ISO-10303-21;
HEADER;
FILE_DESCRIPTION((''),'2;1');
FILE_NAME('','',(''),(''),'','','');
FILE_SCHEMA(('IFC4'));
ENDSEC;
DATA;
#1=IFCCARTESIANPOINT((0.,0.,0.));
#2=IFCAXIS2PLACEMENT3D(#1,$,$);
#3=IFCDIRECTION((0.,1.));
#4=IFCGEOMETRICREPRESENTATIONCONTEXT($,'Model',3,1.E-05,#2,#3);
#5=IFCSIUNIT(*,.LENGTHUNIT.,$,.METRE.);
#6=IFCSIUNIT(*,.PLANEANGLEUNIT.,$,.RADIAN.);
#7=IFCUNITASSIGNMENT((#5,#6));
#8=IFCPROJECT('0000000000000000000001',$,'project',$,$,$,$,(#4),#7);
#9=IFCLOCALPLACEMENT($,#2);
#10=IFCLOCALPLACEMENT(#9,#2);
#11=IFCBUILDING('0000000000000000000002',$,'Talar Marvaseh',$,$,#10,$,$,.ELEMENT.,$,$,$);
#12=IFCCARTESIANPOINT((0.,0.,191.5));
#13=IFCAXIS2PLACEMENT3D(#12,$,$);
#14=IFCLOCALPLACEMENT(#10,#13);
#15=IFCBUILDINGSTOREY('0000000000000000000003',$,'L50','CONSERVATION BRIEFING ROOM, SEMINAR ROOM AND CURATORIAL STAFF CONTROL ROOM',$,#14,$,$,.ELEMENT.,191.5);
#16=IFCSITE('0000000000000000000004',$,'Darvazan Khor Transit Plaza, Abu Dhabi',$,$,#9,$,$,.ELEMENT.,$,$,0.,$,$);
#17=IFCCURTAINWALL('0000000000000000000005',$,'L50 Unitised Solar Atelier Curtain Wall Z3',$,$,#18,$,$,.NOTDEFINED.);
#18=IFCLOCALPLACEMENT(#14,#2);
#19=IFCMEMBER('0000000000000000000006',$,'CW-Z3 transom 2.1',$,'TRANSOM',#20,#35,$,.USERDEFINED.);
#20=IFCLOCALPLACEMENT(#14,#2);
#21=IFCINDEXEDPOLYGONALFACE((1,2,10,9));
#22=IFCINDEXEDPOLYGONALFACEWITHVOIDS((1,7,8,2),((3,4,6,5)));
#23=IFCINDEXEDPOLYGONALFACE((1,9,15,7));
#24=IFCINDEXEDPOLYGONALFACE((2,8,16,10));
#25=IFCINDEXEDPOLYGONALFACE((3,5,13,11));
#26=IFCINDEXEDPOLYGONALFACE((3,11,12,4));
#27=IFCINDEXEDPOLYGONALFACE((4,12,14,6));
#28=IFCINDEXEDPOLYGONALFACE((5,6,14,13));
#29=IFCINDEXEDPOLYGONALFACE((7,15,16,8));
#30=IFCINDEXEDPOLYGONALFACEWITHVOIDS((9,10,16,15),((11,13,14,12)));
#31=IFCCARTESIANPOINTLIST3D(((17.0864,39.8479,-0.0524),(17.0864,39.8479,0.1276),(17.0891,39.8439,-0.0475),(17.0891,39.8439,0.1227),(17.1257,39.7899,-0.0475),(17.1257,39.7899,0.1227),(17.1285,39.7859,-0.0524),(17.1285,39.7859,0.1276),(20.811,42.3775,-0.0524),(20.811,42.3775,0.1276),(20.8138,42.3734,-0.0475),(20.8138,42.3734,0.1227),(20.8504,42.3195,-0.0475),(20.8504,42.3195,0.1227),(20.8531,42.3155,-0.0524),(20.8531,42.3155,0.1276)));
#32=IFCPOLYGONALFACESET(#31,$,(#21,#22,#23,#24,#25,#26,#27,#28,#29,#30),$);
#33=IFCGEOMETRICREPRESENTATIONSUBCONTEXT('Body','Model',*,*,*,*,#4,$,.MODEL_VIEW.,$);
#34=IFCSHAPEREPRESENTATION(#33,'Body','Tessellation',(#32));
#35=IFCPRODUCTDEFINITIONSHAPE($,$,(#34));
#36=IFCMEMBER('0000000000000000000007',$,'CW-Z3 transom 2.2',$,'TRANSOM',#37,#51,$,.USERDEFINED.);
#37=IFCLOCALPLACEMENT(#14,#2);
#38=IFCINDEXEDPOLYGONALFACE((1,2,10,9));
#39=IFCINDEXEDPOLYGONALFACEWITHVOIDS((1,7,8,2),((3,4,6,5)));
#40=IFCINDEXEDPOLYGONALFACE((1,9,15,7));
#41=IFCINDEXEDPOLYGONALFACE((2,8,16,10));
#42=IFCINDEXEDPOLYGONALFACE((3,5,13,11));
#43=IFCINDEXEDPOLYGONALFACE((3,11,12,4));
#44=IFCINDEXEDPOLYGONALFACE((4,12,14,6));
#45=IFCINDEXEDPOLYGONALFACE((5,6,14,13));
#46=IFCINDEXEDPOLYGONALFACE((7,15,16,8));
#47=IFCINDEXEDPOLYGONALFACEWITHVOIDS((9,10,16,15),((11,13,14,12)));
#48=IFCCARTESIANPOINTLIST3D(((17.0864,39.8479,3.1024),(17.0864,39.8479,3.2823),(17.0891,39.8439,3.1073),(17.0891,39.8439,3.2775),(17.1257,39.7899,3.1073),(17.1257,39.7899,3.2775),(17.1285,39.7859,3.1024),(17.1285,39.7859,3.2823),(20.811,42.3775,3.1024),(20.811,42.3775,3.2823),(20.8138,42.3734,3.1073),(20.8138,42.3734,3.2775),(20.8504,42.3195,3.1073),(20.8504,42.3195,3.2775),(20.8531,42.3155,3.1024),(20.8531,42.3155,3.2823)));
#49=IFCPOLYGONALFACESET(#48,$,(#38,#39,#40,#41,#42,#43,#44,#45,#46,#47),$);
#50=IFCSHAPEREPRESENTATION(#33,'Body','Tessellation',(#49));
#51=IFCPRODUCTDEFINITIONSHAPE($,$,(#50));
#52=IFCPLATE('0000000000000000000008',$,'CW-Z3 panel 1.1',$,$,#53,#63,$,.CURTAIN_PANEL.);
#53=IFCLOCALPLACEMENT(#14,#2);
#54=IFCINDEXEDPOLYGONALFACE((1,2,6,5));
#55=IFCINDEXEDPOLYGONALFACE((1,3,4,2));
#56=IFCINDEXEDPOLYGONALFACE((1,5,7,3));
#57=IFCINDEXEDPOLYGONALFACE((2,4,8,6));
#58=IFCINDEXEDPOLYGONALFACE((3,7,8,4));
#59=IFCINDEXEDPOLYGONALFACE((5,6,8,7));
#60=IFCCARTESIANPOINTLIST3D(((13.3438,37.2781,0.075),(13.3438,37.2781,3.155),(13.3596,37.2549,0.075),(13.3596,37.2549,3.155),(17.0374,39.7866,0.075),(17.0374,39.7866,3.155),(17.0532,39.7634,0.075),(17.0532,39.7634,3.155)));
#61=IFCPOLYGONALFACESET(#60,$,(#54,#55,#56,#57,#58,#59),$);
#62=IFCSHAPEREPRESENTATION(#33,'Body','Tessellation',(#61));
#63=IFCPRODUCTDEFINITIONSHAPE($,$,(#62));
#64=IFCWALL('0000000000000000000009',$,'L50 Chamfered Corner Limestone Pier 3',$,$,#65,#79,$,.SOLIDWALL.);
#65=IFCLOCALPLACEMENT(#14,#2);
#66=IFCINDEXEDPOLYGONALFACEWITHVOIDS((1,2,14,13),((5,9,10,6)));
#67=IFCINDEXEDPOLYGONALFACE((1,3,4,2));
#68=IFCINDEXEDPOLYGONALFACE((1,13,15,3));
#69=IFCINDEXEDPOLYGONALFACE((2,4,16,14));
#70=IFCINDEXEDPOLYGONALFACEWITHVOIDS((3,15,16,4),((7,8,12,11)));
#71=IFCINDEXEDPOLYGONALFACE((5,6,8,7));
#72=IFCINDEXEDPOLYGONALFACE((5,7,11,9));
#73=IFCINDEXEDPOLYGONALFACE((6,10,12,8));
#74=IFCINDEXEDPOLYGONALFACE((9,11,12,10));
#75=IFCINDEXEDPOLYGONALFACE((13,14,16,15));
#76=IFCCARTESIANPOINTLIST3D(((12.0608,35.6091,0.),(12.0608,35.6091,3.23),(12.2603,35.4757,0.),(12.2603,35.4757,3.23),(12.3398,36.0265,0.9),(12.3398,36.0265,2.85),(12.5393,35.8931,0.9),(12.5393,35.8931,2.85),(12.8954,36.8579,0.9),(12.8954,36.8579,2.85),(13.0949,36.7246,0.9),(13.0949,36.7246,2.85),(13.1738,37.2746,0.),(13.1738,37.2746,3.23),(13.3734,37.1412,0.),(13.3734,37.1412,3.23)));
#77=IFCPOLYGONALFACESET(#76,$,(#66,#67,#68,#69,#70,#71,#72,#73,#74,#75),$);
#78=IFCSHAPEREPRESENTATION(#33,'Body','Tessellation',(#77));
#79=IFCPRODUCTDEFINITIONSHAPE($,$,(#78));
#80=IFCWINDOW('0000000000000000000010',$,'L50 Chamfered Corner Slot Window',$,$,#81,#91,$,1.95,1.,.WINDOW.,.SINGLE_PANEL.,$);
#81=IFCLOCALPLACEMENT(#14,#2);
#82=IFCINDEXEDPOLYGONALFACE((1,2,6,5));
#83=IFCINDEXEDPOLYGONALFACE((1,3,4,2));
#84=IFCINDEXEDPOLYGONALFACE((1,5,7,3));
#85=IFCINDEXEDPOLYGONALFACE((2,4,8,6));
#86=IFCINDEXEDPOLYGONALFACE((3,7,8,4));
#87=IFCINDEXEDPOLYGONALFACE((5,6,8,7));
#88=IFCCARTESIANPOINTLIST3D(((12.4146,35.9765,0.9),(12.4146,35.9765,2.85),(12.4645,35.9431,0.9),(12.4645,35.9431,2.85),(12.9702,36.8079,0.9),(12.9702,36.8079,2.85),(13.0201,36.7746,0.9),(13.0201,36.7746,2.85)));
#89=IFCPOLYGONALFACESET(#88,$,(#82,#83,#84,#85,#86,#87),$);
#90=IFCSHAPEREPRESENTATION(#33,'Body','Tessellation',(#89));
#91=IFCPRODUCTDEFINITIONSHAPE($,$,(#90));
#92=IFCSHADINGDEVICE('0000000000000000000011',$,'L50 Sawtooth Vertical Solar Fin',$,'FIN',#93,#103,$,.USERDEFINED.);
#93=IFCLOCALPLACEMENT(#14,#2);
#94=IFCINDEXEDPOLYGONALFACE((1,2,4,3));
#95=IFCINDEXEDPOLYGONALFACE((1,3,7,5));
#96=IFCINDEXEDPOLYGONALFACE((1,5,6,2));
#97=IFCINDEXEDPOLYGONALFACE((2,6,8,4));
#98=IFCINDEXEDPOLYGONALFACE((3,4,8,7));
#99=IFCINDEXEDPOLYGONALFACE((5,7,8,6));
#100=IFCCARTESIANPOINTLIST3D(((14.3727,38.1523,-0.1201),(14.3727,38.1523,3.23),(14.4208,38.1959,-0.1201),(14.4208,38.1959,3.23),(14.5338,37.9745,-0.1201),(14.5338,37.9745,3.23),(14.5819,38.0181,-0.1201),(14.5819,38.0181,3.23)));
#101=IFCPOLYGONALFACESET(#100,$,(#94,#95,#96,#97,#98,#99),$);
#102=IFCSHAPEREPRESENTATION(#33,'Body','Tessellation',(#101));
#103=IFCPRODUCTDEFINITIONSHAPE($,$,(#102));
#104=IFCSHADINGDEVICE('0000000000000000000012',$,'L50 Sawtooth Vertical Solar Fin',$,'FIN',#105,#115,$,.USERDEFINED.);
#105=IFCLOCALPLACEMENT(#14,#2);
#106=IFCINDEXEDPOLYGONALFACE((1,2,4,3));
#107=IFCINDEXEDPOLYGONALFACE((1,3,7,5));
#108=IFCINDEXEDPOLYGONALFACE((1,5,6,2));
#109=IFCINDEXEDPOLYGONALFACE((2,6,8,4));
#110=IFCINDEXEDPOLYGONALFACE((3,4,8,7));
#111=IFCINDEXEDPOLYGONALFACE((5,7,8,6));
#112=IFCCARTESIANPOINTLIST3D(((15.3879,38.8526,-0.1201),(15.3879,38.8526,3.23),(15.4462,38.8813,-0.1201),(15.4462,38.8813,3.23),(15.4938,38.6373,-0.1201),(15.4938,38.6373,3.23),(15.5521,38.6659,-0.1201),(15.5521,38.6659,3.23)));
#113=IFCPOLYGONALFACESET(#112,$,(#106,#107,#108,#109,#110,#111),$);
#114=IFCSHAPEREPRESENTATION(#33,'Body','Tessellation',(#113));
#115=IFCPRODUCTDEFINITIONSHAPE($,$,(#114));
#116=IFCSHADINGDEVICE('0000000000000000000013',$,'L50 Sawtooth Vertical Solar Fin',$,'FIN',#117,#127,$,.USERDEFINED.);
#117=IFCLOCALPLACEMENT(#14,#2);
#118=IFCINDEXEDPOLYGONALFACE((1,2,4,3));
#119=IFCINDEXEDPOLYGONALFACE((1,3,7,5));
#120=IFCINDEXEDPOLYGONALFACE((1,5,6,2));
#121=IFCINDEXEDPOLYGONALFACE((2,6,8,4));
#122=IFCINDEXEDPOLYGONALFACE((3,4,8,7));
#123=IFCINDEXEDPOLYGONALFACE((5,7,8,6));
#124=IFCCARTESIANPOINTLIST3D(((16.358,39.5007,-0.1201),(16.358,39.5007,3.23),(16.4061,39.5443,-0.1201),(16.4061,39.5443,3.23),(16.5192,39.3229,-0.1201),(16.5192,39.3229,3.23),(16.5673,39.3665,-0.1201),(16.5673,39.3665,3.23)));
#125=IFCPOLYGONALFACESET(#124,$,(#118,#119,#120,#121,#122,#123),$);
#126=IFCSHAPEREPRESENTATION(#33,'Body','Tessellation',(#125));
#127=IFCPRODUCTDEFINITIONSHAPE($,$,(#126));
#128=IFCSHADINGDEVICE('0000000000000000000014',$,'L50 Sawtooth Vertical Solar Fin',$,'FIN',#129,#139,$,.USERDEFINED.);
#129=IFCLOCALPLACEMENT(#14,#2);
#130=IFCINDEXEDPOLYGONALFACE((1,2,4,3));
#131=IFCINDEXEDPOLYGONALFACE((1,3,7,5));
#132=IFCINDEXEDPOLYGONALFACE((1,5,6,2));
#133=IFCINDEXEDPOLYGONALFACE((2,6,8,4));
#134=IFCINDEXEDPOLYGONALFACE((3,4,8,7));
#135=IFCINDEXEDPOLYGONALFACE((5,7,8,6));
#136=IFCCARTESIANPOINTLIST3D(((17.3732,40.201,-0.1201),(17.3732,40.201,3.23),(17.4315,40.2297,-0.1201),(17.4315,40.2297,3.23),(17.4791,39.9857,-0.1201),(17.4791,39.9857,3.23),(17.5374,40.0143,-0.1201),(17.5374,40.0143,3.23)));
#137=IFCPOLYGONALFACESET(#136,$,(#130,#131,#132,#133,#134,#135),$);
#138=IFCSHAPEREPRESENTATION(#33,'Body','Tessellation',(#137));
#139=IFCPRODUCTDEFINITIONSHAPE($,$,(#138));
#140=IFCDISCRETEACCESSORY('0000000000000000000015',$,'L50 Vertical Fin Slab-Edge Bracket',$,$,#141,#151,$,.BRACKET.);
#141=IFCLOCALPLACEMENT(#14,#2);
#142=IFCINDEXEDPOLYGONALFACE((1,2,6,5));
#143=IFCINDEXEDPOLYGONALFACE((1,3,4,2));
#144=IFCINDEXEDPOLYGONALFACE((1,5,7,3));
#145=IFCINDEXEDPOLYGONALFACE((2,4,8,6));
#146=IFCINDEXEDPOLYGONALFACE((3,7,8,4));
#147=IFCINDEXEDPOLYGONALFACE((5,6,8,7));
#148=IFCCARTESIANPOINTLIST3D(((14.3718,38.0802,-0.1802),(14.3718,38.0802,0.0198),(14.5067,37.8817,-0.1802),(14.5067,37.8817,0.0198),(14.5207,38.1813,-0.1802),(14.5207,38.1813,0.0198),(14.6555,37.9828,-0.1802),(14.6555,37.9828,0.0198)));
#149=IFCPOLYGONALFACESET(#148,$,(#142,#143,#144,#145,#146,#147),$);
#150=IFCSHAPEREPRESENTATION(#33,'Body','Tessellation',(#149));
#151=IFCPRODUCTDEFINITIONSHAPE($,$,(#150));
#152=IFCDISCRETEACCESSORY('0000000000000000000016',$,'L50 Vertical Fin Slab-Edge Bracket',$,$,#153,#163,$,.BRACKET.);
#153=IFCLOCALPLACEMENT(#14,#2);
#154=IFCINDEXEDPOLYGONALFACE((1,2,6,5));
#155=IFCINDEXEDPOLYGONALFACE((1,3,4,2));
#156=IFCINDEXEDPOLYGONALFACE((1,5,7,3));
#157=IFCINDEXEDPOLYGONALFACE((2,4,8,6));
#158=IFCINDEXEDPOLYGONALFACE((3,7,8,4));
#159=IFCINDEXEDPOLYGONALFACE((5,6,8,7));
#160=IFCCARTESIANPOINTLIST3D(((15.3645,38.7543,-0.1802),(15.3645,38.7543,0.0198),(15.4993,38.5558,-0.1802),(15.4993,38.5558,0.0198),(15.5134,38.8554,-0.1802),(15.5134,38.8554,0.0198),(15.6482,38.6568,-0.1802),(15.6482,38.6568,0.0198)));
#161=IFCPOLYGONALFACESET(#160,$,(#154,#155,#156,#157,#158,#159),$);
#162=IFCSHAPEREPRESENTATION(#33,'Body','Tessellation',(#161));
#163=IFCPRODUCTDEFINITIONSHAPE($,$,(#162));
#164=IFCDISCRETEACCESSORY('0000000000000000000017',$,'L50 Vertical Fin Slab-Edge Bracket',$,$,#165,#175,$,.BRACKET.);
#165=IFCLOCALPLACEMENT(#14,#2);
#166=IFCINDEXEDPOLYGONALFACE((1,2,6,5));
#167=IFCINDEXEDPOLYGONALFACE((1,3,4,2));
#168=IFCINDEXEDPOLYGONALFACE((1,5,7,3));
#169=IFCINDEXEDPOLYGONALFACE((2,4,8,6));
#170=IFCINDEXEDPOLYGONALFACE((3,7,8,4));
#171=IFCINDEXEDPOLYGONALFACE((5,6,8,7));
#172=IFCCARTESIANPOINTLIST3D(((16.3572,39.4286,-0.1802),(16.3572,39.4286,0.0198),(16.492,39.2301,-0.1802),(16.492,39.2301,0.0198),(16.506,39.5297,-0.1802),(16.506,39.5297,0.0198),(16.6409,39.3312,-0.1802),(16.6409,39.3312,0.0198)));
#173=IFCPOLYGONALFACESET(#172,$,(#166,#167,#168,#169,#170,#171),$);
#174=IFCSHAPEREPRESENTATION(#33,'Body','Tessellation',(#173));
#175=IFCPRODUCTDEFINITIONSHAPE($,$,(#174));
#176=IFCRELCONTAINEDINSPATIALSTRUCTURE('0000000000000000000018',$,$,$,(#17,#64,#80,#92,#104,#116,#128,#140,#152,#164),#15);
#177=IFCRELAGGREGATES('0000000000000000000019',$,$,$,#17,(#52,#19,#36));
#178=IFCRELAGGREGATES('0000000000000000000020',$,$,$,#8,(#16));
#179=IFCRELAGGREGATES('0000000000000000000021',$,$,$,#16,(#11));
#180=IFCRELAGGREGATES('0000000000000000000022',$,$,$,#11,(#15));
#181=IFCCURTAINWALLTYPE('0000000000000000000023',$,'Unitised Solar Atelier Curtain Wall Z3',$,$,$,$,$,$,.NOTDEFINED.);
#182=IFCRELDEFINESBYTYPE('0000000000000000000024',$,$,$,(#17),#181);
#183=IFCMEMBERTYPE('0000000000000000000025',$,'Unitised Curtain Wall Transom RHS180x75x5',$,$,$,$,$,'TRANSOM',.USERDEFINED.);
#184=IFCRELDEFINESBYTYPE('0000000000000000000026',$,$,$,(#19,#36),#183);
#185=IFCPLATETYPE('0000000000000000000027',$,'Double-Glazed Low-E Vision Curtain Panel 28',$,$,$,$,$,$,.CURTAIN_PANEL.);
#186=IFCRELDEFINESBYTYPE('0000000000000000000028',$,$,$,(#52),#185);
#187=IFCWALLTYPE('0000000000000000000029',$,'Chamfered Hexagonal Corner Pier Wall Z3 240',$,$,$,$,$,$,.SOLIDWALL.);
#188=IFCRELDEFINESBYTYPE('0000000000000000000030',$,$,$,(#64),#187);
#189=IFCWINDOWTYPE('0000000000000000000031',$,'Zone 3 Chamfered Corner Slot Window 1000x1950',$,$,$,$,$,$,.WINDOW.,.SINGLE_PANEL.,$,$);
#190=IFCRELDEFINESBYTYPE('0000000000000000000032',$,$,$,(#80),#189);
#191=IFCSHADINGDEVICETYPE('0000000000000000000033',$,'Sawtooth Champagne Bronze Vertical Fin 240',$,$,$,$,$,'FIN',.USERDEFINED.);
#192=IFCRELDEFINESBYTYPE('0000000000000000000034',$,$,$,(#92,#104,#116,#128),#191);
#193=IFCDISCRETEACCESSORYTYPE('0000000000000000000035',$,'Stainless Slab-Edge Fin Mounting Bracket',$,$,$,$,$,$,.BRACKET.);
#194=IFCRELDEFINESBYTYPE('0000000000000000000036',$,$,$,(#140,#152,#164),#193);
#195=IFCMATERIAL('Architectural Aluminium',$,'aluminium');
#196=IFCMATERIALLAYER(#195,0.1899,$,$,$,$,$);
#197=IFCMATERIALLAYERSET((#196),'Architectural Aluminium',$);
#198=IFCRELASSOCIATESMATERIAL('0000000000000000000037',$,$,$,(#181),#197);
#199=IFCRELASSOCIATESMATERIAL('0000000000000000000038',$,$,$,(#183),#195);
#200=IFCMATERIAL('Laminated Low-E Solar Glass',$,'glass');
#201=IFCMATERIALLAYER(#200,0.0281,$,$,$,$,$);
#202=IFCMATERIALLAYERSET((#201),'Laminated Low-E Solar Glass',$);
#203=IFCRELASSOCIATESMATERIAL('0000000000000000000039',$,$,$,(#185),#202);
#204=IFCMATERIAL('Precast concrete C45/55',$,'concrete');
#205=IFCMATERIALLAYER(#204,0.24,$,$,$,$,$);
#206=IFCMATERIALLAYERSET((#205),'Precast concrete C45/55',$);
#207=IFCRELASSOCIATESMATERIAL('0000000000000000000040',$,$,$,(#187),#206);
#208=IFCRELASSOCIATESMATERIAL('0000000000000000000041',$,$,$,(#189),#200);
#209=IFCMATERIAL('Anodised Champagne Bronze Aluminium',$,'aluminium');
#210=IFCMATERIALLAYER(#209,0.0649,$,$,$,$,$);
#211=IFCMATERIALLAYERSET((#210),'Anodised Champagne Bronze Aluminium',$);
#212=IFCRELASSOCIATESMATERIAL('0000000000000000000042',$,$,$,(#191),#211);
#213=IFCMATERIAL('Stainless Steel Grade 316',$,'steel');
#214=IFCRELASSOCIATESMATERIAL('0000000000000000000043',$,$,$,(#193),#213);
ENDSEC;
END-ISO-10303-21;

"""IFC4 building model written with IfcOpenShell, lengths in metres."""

from ifc_helpers import new_model, si_unit, direction, frame, frame_2d, origin, origin_2d, place, context, subcontext, project, spatial, rectangle, hollow_rectangle, extrude, source, transform, mapped, material, layer, layer_set, material_profile, profile_set, type_object, type_shapes, element, fill, aggregate, save


model = new_model("IFC4")

# Units and contexts
model_context = context("Model", 3, precision=1e-05, world=origin(), true_north=direction((0.0, 1.0)))
body_context = subcontext(model_context, "Body", "Model", "MODEL_VIEW")
ifc_project = project(units=[si_unit("LENGTHUNIT", "METRE"), si_unit("PLANEANGLEUNIT", "RADIAN")], contexts=[model_context])

# Site, building, storey
site_placement = place(None, origin())
site = spatial("IfcSite", under=ifc_project, at=site_placement, Name="Darvazan Khor Transit Plaza, Abu Dhabi", CompositionType="ELEMENT", RefElevation=0.0)
building_placement = place(site_placement, origin())
building = spatial("IfcBuilding", under=site, at=building_placement, Name="Talar Marvaseh", CompositionType="ELEMENT")
storey_placement = place(building_placement, frame((0.0, 0.0, 191.5)))
storey = spatial("IfcBuildingStorey", under=building, at=storey_placement, Name="L50", Description="CONSERVATION BRIEFING ROOM, SEMINAR ROOM AND CURATORIAL STAFF CONTROL ROOM", CompositionType="ELEMENT", Elevation=191.5)

# Shared definitions
ifc_material_1 = material(Name="Architectural Aluminium", Category="aluminium")
ifc_layer_1 = layer(ifc_material_1, 0.1899)
ifc_layer_set_1 = layer_set([ifc_layer_1], Name="Architectural Aluminium")
curtain_wall_type = type_object("IfcCurtainWallType", Name="Unitised Solar Atelier Curtain Wall Z3", PredefinedType="NOTDEFINED", material=ifc_layer_set_1)

# Curtain wall, members, plate
curtain_wall_1_placement = place(storey_placement, origin())
curtain_wall_1 = element("IfcCurtainWall", 1, at=curtain_wall_1_placement, inside=storey, type_object=curtain_wall_type, Name="L50 Unitised Solar Atelier Curtain Wall Z3", PredefinedType="NOTDEFINED")
ifc_material_profile_1 = material_profile(ifc_material_1, hollow_rectangle(XDim=0.075, YDim=0.1799, WallThickness=0.0049, at=origin_2d()), Name="RHS180x75x5")
ifc_profile_set_1 = profile_set([ifc_material_profile_1], Name="Architectural Aluminium")
member_type_1 = type_object("IfcMemberType", Name="Unitised Curtain Wall Transom RHS180x75x5", ElementType="TRANSOM", PredefinedType="USERDEFINED", material=ifc_profile_set_1)
shared_shape_1 = source(origin(), body_context, "Body", "SweptSolid", [
    extrude(hollow_rectangle(XDim=0.075, YDim=0.1799, WallThickness=0.0049, at=origin_2d()), origin(), (0.0, 0.0, 1.0), 4.5024),
])
member_1_placement = place(storey_placement, frame((17.1074, 39.8169, 0.0376), z_axis=(0.827256, 0.561825, 0.0), x_axis=(-0.561825, 0.827256, 0.0)))
member_1 = element("IfcMember", 2, at=member_1_placement, type_object=member_type_1, Name="CW-Z3 transom 2.1", ObjectType="TRANSOM", PredefinedType="USERDEFINED", context=body_context, shape_type="MappedRepresentation", body=[
    mapped(shared_shape_1, transform((0.0, 0.0, 0.0), x_axis=(1.0, 0.0, 0.0), y_axis=(0.0, 1.0, 0.0), z_axis=(0.0, 0.0, 1.0), scale=1.0)),
])
member_2_placement = place(storey_placement, frame((17.1074, 39.8169, 3.1924), z_axis=(0.827256, 0.561825, 0.0), x_axis=(-0.561825, 0.827256, 0.0)))
member_2 = element("IfcMember", 3, at=member_2_placement, type_object=member_type_1, Name="CW-Z3 transom 2.2", ObjectType="TRANSOM", PredefinedType="USERDEFINED", context=body_context, shape_type="MappedRepresentation", body=[
    mapped(shared_shape_1, transform((0.0, 0.0, 0.0), x_axis=(1.0, 0.0, 0.0), y_axis=(0.0, 1.0, 0.0), z_axis=(0.0, 0.0, 1.0), scale=1.0)),
])
ifc_material_2 = material(Name="Laminated Low-E Solar Glass", Category="glass")
ifc_layer_2 = layer(ifc_material_2, 0.0281)
ifc_layer_set_2 = layer_set([ifc_layer_2], Name="Laminated Low-E Solar Glass")
plate_type = type_object("IfcPlateType", Name="Double-Glazed Low-E Vision Curtain Panel 28", PredefinedType="CURTAIN_PANEL", material=ifc_layer_set_2)
shared_shape_2 = source(origin(), body_context, "Body", "SweptSolid", [
    extrude(rectangle(XDim=4.4648, YDim=0.0281, at=origin_2d()), origin(), (0.0, 0.0, 1.0), 3.0801),
])
type_shapes(plate_type, [shared_shape_2])
plate_placement = place(storey_placement, frame((15.1985, 38.5208, 0.075), z_axis=(0.0, 0.0, 1.0), x_axis=(0.827255, 0.561827, 0.0)))
plate = element("IfcPlate", 4, at=plate_placement, type_object=plate_type, Name="CW-Z3 panel 1.1", PredefinedType="CURTAIN_PANEL", context=body_context, shape_type="MappedRepresentation", body=[
    mapped(shared_shape_2, transform((0.0, 0.0, 0.0), x_axis=(1.0, 0.0, 0.0), y_axis=(0.0, 1.0, 0.0), z_axis=(0.0, 0.0, 1.0), scale=1.0)),
])
aggregate(curtain_wall_1, [plate, member_1, member_2])

# Wall, opening, window
ifc_material_3 = material(Name="Precast concrete C45/55", Category="concrete")
ifc_layer_3 = layer(ifc_material_3, 0.24)
ifc_layer_set_3 = layer_set([ifc_layer_3], Name="Precast concrete C45/55")
wall_type = type_object("IfcWallType", Name="Chamfered Hexagonal Corner Pier Wall Z3 240", PredefinedType="SOLIDWALL", material=ifc_layer_set_3)
wall_placement = place(storey_placement, frame((12.1606, 35.5425, 0.0), z_axis=(0.0, 0.0, 1.0), x_axis=(0.555628, 0.831431, 0.0)))
wall = element("IfcWall", 5, at=wall_placement, inside=storey, type_object=wall_type, Name="L50 Chamfered Corner Limestone Pier 3", PredefinedType="SOLIDWALL", context=body_context, shape_type="SweptSolid", body=[
    extrude(rectangle(XDim=2.0032, YDim=0.24, at=frame_2d((1.0015, 0.0))), origin(), (0.0, 0.0, 1.0), 3.23),
])
opening_placement = place(wall_placement, frame((0.502, 0.0, 0.8999)))
opening = element("IfcOpeningElement", 6, at=opening_placement, cuts=wall, PredefinedType="OPENING", context=body_context, shape_type="SweptSolid", body=[
    extrude(rectangle(XDim=1.0, YDim=1.95, at=frame_2d((0.5, 0.9751))), frame((0.0, 0.1299, 0.0), z_axis=(0.0, -1.0, 0.0), x_axis=(1.0, 0.0, 0.0)), (0.0, 0.0, 1.0), 0.26),
])
window_type = type_object("IfcWindowType", Name="Zone 3 Chamfered Corner Slot Window 1000x1950", PartitioningType="SINGLE_PANEL", PredefinedType="WINDOW", material=ifc_material_2)
shared_shape_3 = source(origin(), body_context, "Body", "SweptSolid", [
    extrude(rectangle(XDim=1.0, YDim=1.95, at=frame_2d((0.5, 0.9751))), frame((0.0, 0.03, 0.0), z_axis=(0.0, -1.0, 0.0), x_axis=(1.0, 0.0, 0.0)), (0.0, 0.0, 1.0), 0.0601),
])
type_shapes(window_type, [shared_shape_3])
window_placement = place(opening_placement, origin())
window = element("IfcWindow", 7, at=window_placement, inside=storey, type_object=window_type, Name="L50 Chamfered Corner Slot Window", OverallHeight=1.95, OverallWidth=1.0, PartitioningType="SINGLE_PANEL", PredefinedType="WINDOW", context=body_context, shape_type="MappedRepresentation", body=[
    mapped(shared_shape_3, transform((0.0, 0.0, 0.0), x_axis=(1.0, 0.0, 0.0), y_axis=(0.0, 1.0, 0.0), z_axis=(0.0, 0.0, 1.0), scale=1.0)),
])
fill(opening, window)

# Shading devices
ifc_material_4 = material(Name="Anodised Champagne Bronze Aluminium", Category="aluminium")
ifc_layer_4 = layer(ifc_material_4, 0.0649)
ifc_layer_set_4 = layer_set([ifc_layer_4], Name="Anodised Champagne Bronze Aluminium")
shading_device_type = type_object("IfcShadingDeviceType", Name="Sawtooth Champagne Bronze Vertical Fin 240", ElementType="FIN", PredefinedType="USERDEFINED", material=ifc_layer_set_4)
shared_shape_4 = source(origin(), body_context, "Body", "SweptSolid", [
    extrude(rectangle(XDim=0.24, YDim=0.0649, at=origin_2d()), origin(), (0.0, 0.0, 1.0), 3.3501),
])
type_shapes(shading_device_type, [shared_shape_4])
for number, where, z_axis, x_axis, name in (
    (8, (14.4773, 38.0852, -0.1201), (0.0, 0.0, 1.0), (-0.671462, 0.741039, 0.0), "L50 Sawtooth Vertical Solar Fin"),
    (9, (15.47, 38.7593, -0.1201), (0.0, 0.0, 1.0), (-0.441193, 0.897412, 0.0), "L50 Sawtooth Vertical Solar Fin"),
    (10, (16.4626, 39.4336, -0.1201), (0.0, 0.0, 1.0), (-0.671462, 0.741039, 0.0), "L50 Sawtooth Vertical Solar Fin"),
    (11, (17.4553, 40.1077, -0.1201), (0.0, 0.0, 1.0), (-0.441193, 0.897412, 0.0), "L50 Sawtooth Vertical Solar Fin"),
):
    element("IfcShadingDevice", number, at=place(storey_placement, frame(where, z_axis=z_axis, x_axis=x_axis)), inside=storey, type_object=shading_device_type, Name=name, ObjectType="FIN", PredefinedType="USERDEFINED", context=body_context, shape_type="MappedRepresentation", body=[
        mapped(shared_shape_4, transform((0.0, 0.0, 0.0), x_axis=(1.0, 0.0, 0.0), y_axis=(0.0, 1.0, 0.0), z_axis=(0.0, 0.0, 1.0), scale=1.0)),
    ])

# Discrete accessories
ifc_material_5 = material(Name="Stainless Steel Grade 316", Category="steel")
discrete_accessory_type = type_object("IfcDiscreteAccessoryType", Name="Stainless Slab-Edge Fin Mounting Bracket", PredefinedType="BRACKET", material=ifc_material_5)
shared_shape_5 = source(origin(), body_context, "Body", "SweptSolid", [
    extrude(rectangle(XDim=0.24, YDim=0.1799, at=origin_2d()), origin(), (0.0, 0.0, 1.0), 0.2),
])
type_shapes(discrete_accessory_type, [shared_shape_5])
for number, where, z_axis, x_axis, name in (
    (12, (14.5137, 38.0315, -0.1802), (0.0, 0.0, 1.0), (-0.561795, 0.827277, 0.0), "L50 Vertical Fin Slab-Edge Bracket"),
    (13, (15.5063, 38.7056, -0.1802), (0.0, 0.0, 1.0), (-0.561795, 0.827277, 0.0), "L50 Vertical Fin Slab-Edge Bracket"),
    (14, (16.499, 39.3799, -0.1802), (0.0, 0.0, 1.0), (-0.561795, 0.827277, 0.0), "L50 Vertical Fin Slab-Edge Bracket"),
):
    element("IfcDiscreteAccessory", number, at=place(storey_placement, frame(where, z_axis=z_axis, x_axis=x_axis)), inside=storey, type_object=discrete_accessory_type, Name=name, PredefinedType="BRACKET", context=body_context, shape_type="MappedRepresentation", body=[
        mapped(shared_shape_5, transform((0.0, 0.0, 0.0), x_axis=(1.0, 0.0, 0.0), y_axis=(0.0, 1.0, 0.0), z_axis=(0.0, 0.0, 1.0), scale=1.0)),
    ])

save(model, "model.ifc")
